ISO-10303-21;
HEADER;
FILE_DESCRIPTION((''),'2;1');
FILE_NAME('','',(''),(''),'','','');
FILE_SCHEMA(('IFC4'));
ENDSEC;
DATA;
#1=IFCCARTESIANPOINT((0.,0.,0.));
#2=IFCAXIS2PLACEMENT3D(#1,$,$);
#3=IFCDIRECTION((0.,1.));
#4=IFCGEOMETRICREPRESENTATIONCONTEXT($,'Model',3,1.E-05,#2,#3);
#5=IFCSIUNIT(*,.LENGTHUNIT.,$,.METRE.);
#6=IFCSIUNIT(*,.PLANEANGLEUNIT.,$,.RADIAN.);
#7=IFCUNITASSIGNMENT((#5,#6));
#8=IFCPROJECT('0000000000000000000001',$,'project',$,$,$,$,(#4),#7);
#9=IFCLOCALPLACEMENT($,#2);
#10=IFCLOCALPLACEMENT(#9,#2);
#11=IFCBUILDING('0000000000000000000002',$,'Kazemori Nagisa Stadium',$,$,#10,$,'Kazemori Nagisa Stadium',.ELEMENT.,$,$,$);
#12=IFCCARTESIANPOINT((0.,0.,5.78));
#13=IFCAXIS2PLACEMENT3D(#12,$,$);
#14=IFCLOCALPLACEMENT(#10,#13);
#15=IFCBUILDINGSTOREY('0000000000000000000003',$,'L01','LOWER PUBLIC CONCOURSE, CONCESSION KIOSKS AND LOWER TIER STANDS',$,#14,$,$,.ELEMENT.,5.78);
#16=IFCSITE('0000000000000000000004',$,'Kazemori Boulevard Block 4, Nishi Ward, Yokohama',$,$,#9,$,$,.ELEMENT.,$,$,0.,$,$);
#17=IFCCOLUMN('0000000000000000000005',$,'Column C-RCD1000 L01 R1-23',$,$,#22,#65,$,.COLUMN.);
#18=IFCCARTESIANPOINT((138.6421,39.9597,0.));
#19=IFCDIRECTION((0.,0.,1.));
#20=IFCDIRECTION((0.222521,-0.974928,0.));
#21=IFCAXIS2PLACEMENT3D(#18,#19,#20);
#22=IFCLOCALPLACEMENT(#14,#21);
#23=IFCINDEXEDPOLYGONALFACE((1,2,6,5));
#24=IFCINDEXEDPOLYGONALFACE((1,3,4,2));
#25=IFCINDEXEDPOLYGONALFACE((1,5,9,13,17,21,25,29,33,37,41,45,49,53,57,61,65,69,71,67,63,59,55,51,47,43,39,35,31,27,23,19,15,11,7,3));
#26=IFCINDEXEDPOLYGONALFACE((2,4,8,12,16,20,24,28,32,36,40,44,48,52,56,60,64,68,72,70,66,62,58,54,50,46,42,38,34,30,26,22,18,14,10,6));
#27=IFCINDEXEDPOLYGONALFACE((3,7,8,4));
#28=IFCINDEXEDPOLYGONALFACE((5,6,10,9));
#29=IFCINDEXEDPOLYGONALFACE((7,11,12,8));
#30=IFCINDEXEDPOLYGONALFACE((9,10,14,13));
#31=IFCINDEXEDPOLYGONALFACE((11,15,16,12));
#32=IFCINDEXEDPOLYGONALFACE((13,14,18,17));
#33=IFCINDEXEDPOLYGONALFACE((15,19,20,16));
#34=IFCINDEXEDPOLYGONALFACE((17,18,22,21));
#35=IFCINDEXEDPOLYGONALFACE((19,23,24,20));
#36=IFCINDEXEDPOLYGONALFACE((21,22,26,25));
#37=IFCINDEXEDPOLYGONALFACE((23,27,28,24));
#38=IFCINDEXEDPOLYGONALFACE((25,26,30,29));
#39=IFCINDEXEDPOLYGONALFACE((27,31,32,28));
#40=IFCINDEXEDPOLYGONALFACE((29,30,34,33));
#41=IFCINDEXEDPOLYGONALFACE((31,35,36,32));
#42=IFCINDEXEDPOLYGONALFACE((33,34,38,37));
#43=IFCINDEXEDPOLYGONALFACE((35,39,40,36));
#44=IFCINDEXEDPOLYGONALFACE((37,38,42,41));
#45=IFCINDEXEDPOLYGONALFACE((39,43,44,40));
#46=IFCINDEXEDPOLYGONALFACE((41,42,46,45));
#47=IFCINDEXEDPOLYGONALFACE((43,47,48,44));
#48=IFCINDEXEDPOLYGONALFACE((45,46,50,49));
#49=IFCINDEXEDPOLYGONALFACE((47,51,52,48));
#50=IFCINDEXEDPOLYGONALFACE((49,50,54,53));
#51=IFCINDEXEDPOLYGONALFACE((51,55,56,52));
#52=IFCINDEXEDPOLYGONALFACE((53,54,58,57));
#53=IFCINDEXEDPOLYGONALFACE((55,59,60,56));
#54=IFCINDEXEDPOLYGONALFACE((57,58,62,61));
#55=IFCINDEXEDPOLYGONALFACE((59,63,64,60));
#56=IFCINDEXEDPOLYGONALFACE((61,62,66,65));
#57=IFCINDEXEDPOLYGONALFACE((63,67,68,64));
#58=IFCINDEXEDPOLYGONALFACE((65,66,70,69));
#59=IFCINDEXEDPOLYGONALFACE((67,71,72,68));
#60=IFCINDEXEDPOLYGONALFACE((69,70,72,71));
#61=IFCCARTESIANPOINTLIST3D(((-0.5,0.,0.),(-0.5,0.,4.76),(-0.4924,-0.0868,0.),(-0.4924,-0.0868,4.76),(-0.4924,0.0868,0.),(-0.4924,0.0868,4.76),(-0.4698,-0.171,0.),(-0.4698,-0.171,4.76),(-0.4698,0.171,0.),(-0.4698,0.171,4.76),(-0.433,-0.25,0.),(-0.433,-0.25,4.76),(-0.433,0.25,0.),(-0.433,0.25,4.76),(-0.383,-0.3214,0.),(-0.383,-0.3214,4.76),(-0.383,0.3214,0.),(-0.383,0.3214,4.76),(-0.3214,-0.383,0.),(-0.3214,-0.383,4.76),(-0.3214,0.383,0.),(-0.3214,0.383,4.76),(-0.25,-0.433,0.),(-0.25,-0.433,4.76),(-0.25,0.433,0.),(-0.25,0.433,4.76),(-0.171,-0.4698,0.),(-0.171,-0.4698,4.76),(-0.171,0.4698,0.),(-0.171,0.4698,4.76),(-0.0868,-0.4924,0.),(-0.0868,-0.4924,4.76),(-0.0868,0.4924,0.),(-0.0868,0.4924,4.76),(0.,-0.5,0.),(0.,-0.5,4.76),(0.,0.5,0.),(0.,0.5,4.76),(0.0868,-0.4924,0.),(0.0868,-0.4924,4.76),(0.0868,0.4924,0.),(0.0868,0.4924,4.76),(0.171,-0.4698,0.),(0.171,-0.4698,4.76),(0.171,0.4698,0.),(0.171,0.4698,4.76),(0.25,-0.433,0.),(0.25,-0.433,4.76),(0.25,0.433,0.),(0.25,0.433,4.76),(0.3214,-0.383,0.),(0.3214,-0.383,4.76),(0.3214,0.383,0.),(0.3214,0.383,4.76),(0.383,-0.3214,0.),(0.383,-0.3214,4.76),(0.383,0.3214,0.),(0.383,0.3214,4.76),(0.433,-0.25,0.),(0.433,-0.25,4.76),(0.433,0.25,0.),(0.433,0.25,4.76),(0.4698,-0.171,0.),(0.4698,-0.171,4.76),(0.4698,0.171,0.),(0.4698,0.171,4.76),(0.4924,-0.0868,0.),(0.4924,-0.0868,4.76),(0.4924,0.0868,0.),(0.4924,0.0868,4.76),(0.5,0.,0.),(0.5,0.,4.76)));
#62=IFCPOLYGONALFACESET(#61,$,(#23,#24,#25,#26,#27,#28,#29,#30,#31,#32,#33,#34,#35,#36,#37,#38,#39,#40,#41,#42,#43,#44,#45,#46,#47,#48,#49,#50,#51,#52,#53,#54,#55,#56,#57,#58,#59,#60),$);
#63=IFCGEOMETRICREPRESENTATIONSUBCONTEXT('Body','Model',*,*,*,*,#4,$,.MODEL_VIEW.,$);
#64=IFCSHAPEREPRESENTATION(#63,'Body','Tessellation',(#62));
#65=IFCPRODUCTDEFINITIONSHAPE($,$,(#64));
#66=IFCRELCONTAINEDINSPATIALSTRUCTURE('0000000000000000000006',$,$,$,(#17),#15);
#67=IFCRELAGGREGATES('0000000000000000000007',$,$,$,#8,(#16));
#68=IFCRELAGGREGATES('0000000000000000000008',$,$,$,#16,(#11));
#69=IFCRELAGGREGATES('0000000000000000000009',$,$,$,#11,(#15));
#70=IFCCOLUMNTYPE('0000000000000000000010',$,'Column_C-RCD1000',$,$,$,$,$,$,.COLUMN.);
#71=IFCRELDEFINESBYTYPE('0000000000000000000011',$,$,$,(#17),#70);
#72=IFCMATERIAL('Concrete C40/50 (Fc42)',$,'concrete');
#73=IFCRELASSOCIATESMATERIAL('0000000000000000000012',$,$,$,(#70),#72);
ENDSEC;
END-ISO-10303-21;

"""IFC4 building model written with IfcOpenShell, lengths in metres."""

from ifc_helpers import new_model, si_unit, direction, frame, origin, origin_2d, place, context, subcontext, project, spatial, circle, extrude, material, material_profile, profile_set, type_object, element, save


model = new_model("IFC4")

# Units and contexts
model_context = context("Model", 3, precision=1e-05, world=origin(), true_north=direction((0.0, 1.0)))
body_context = subcontext(model_context, "Body", "Model", "MODEL_VIEW")
ifc_project = project(units=[si_unit("LENGTHUNIT", "METRE"), si_unit("PLANEANGLEUNIT", "RADIAN")], contexts=[model_context])

# Site, building, storey
site_placement = place(None, origin())
site = spatial("IfcSite", under=ifc_project, at=site_placement, Name="Kazemori Boulevard Block 4, Nishi Ward, Yokohama", CompositionType="ELEMENT", RefElevation=0.0)
building_placement = place(site_placement, origin())
building = spatial("IfcBuilding", under=site, at=building_placement, Name="Kazemori Nagisa Stadium", LongName="Kazemori Nagisa Stadium", CompositionType="ELEMENT")
storey_placement = place(building_placement, frame((0.0, 0.0, 5.78)))
storey = spatial("IfcBuildingStorey", under=building, at=storey_placement, Name="L01", Description="LOWER PUBLIC CONCOURSE, CONCESSION KIOSKS AND LOWER TIER STANDS", CompositionType="ELEMENT", Elevation=5.78)

# Column
ifc_material_1 = material(Name="Concrete C40/50 (Fc42)", Category="concrete")
ifc_material_profile_1 = material_profile(ifc_material_1, circle(Radius=0.5, at=origin_2d()), Name="RC-COL-D1000")
ifc_profile_set_1 = profile_set([ifc_material_profile_1], Name="Concrete C40/50 (Fc42)")
column_type = type_object("IfcColumnType", Name="Column_C-RCD1000", PredefinedType="COLUMN", material=ifc_profile_set_1)
for number, where, z_axis, x_axis, name in (
    (1, (138.6421, 39.9597, 0.0), (0.0, 0.0, 1.0), (0.222521, -0.974928, 0.0), "Column C-RCD1000 L01 R1-23"),
):
    element("IfcColumn", number, at=place(storey_placement, frame(where, z_axis=z_axis, x_axis=x_axis)), inside=storey, type_object=column_type, Name=name, PredefinedType="COLUMN", context=body_context, shape_type="SweptSolid", body=[
        extrude(circle(Radius=0.5, at=origin_2d()), origin(), (0.0, 0.0, 1.0), 4.76),
    ])

save(model, "model.ifc")
